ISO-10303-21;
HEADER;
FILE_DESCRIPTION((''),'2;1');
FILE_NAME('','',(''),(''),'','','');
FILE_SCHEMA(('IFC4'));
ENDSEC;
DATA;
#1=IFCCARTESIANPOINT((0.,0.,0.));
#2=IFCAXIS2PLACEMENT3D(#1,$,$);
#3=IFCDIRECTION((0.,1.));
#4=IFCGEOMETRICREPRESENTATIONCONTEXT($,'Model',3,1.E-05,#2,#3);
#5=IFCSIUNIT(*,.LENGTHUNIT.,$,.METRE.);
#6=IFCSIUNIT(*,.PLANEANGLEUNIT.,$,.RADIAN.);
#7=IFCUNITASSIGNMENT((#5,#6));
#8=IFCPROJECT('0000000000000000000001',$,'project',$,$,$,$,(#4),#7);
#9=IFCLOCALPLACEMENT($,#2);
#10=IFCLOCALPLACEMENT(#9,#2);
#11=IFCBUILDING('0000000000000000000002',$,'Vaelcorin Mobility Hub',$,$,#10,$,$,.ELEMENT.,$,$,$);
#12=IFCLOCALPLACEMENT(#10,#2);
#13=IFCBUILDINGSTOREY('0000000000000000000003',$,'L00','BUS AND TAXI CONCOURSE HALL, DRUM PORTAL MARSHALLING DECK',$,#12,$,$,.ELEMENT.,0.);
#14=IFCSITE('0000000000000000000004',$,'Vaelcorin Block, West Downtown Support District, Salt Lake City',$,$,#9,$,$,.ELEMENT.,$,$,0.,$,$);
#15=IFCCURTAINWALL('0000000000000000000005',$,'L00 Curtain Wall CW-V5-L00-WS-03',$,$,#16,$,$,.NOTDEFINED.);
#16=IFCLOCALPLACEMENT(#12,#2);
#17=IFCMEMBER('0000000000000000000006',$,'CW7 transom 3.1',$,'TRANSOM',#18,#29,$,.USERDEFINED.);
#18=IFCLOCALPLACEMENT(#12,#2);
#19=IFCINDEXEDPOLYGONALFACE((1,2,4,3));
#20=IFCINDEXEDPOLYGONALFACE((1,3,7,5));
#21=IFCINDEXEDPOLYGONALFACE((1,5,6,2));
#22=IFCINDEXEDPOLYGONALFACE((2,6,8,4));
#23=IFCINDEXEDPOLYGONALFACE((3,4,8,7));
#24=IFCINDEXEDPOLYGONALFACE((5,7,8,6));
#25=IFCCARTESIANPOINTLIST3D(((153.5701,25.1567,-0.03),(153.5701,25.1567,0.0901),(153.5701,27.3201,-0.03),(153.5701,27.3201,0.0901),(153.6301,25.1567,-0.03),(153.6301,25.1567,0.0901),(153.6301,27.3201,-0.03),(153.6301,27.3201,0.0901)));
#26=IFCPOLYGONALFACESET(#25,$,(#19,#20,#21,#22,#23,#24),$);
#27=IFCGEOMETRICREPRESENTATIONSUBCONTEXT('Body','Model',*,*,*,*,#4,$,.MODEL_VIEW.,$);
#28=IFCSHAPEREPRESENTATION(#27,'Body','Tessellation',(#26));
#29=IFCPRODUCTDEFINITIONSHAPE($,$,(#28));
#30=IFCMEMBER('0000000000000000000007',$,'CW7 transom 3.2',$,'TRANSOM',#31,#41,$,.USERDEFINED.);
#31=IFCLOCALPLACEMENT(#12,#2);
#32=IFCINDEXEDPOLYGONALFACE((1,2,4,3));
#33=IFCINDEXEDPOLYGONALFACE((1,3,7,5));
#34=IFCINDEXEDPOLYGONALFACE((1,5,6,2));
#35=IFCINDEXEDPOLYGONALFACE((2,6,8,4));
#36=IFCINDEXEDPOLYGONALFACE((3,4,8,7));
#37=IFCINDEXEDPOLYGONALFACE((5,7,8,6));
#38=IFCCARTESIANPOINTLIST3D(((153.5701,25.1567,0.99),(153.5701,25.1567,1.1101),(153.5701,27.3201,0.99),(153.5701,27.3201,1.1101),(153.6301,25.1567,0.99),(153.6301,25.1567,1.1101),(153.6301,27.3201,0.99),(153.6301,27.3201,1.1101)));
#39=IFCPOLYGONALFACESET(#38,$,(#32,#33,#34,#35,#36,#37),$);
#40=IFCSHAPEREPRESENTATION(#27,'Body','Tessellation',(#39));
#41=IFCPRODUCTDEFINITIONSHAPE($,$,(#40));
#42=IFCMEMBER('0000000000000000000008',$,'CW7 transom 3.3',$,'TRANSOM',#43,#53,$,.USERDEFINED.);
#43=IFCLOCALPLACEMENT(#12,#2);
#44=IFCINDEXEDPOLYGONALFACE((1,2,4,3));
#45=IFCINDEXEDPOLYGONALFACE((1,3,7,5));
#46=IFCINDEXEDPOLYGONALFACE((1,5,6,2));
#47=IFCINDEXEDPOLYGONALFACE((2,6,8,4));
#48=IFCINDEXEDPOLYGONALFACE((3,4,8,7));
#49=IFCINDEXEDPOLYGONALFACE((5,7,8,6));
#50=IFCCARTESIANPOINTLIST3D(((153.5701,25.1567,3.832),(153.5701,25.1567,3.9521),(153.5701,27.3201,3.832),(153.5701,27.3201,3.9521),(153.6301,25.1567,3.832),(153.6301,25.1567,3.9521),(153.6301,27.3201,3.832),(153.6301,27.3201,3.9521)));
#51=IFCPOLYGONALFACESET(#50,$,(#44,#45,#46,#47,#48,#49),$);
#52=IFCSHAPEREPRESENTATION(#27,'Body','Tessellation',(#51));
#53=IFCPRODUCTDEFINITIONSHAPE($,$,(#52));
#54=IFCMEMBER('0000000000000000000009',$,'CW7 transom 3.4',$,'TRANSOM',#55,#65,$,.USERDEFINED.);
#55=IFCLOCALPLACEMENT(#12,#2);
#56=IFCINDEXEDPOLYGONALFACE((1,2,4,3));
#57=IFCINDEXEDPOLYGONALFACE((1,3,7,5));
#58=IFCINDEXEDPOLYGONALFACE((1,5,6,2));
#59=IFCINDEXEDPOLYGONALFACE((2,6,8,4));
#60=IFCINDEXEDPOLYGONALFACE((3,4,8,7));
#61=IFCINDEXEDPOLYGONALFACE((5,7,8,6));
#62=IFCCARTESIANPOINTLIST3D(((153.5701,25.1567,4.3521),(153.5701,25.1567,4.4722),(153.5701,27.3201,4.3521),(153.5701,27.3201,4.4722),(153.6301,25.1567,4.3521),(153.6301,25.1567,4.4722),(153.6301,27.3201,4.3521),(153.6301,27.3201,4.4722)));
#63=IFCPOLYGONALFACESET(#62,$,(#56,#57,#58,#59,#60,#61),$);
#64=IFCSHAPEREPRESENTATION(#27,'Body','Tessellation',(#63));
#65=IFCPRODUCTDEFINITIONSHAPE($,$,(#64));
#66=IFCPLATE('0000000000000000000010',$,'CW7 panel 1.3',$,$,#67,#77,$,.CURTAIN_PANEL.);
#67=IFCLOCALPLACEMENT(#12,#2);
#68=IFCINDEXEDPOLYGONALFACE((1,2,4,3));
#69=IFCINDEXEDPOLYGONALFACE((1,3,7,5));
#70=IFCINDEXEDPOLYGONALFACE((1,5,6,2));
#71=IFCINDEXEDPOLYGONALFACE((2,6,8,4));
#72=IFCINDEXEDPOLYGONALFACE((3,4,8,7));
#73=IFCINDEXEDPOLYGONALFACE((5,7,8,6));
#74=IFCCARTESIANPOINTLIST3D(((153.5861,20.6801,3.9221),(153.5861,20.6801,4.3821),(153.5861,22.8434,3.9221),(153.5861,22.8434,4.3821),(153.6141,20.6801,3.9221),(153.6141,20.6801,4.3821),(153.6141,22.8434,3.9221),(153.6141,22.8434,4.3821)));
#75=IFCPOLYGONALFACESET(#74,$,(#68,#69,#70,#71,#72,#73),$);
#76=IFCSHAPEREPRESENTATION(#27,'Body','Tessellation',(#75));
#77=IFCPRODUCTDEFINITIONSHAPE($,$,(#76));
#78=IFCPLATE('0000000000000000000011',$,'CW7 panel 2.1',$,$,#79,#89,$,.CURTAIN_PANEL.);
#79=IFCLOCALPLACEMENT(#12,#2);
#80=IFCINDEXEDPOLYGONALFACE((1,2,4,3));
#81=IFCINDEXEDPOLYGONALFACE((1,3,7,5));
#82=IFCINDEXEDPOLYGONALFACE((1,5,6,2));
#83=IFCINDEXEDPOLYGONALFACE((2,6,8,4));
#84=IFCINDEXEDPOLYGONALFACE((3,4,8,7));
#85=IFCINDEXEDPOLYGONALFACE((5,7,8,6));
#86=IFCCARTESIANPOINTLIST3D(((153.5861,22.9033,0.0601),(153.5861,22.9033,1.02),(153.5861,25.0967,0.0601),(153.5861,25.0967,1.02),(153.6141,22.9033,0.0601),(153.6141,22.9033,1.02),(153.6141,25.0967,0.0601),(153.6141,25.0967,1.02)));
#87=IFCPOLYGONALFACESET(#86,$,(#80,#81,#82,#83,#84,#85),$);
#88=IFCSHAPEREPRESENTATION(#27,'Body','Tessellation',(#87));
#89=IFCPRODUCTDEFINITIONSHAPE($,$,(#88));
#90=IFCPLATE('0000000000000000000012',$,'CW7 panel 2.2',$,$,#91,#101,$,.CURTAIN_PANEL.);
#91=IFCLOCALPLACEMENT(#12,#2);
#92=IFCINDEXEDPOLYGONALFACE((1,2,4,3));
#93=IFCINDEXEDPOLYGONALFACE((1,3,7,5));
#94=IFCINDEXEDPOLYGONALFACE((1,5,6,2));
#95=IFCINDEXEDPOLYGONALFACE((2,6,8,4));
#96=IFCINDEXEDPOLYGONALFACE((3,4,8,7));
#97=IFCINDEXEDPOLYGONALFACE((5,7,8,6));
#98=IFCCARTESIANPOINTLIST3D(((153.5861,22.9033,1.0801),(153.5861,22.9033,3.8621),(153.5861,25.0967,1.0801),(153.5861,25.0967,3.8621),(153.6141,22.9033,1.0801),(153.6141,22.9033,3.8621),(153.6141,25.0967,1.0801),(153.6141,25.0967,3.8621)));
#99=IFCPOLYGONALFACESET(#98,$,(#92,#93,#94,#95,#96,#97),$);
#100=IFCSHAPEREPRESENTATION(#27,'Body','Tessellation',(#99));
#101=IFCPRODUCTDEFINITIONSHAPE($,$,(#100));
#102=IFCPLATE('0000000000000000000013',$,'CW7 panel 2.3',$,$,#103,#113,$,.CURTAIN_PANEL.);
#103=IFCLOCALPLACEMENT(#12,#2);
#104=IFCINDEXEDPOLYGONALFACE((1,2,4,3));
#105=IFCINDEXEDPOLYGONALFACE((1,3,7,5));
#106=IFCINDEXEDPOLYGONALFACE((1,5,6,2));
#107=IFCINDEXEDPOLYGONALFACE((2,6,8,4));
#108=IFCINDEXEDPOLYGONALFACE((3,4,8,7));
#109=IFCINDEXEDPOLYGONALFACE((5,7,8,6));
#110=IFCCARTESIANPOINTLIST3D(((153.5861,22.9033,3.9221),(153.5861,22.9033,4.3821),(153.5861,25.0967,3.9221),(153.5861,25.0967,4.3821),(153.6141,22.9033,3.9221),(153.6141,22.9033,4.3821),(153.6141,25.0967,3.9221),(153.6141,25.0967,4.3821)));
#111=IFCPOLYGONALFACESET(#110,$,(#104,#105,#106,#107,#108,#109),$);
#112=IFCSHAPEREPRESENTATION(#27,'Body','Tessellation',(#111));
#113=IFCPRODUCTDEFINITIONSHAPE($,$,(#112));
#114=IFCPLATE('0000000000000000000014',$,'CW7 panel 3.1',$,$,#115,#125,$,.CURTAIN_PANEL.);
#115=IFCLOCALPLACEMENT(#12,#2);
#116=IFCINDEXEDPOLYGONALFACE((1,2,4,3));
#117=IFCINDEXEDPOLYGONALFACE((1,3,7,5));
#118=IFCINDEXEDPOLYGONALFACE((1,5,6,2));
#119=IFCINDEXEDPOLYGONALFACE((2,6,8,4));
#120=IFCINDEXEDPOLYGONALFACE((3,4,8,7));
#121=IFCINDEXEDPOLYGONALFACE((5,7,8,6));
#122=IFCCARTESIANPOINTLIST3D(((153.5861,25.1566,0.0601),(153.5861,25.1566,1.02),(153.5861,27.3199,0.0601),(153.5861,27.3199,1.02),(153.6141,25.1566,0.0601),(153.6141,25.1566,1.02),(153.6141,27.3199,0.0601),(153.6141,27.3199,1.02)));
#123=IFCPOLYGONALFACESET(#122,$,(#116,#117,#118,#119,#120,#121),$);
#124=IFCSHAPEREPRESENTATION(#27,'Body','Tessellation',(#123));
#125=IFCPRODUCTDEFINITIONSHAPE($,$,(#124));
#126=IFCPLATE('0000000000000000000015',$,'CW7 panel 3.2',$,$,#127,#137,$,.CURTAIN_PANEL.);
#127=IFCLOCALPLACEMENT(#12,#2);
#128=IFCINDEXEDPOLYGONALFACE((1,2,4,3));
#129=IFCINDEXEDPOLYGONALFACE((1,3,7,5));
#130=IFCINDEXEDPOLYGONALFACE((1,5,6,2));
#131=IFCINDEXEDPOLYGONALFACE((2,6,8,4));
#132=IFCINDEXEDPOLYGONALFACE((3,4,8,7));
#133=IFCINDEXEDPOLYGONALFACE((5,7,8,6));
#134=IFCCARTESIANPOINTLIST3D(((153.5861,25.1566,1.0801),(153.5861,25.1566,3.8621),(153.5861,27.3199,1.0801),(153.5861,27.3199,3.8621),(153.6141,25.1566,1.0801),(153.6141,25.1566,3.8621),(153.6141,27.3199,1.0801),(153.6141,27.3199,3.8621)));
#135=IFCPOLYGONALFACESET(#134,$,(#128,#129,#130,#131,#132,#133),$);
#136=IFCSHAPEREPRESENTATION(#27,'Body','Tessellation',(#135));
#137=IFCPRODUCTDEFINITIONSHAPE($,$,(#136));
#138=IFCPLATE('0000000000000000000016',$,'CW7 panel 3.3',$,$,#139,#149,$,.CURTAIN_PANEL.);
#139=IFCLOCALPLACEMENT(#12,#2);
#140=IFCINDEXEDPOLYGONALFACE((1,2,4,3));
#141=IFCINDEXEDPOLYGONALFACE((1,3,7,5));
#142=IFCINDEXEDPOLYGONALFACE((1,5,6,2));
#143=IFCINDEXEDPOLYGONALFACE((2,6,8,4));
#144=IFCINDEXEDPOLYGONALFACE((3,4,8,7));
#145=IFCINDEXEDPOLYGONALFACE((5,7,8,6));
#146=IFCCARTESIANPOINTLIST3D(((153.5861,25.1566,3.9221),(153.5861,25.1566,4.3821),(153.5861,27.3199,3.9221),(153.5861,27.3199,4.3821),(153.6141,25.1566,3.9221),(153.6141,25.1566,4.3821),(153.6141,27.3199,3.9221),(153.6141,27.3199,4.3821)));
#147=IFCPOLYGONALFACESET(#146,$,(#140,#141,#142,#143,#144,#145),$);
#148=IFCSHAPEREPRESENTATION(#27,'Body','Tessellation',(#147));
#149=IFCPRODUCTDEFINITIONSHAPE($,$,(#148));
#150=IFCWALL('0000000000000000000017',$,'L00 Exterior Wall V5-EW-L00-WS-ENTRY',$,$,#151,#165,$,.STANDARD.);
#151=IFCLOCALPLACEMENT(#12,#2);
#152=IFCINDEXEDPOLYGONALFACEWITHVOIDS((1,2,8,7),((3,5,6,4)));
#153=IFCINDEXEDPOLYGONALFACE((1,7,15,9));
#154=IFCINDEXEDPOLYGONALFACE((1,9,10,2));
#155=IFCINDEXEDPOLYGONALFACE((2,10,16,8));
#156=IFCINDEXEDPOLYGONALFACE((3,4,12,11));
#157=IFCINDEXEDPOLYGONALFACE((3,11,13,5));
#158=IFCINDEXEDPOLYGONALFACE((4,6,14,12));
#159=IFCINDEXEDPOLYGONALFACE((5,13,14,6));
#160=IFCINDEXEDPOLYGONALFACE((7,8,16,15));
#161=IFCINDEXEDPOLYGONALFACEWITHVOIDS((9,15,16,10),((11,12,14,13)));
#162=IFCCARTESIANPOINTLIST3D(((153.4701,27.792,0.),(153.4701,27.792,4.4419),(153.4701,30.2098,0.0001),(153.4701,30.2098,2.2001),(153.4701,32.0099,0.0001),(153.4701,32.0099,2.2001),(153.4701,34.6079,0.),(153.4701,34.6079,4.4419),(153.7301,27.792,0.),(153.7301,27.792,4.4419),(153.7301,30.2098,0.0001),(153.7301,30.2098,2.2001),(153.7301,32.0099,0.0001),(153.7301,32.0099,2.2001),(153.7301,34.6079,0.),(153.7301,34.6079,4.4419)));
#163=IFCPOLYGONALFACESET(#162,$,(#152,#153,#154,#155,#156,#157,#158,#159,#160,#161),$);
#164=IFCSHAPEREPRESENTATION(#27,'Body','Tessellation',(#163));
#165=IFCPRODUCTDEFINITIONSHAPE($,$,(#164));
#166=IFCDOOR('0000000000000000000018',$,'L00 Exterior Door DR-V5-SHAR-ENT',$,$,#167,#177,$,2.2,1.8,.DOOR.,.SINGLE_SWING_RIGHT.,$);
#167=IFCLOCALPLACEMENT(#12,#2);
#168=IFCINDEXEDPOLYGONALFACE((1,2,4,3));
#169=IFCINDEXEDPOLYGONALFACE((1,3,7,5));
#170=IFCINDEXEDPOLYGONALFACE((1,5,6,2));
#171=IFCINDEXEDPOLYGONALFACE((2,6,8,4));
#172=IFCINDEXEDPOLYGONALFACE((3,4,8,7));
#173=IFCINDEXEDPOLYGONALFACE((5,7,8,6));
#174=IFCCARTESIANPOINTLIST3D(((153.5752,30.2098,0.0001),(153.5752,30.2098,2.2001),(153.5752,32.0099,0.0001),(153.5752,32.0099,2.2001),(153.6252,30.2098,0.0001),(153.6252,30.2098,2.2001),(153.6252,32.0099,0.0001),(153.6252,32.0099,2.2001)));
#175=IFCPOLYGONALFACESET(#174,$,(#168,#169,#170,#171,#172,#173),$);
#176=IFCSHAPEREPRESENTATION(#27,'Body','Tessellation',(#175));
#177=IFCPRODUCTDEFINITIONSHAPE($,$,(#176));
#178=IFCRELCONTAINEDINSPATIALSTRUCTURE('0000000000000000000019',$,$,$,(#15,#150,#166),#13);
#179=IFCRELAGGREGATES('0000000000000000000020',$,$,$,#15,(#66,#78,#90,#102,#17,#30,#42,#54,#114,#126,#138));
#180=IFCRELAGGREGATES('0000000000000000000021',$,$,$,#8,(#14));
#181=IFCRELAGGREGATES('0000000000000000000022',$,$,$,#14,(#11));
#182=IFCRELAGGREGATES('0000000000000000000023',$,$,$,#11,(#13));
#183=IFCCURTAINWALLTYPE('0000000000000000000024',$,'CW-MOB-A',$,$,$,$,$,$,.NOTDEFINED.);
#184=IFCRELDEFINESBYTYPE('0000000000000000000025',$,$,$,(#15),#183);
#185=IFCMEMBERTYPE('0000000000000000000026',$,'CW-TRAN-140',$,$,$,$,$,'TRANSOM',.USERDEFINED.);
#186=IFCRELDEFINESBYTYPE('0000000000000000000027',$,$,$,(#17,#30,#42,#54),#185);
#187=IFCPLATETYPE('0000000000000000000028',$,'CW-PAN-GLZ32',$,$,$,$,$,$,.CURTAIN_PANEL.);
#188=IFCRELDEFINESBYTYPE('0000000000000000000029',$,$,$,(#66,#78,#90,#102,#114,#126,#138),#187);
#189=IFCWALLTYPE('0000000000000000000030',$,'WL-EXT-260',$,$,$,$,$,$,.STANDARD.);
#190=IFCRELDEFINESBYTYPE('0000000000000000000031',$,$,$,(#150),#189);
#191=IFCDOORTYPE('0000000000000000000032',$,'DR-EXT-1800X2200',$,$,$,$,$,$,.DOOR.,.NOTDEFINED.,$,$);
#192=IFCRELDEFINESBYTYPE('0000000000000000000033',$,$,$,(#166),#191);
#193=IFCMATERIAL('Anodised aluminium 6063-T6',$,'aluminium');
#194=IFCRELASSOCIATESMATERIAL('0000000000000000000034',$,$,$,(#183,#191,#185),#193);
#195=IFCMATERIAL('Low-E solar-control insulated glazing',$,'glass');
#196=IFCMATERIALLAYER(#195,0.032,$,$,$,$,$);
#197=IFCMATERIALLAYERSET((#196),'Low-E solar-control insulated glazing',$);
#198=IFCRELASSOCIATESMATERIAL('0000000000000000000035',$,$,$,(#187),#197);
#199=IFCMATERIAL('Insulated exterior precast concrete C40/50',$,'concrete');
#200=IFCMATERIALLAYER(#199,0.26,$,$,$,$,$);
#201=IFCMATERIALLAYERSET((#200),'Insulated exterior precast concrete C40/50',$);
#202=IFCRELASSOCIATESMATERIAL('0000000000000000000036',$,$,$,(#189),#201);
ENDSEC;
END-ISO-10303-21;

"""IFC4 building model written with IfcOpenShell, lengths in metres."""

from ifc_helpers import new_model, si_unit, direction, frame, frame_2d, origin, origin_2d, place, context, subcontext, project, spatial, rectangle, extrude, material, layer, layer_set, material_profile, profile_set, type_object, element, fill, aggregate, save


model = new_model("IFC4")

# Units and contexts
model_context = context("Model", 3, precision=1e-05, world=origin(), true_north=direction((0.0, 1.0)))
body_context = subcontext(model_context, "Body", "Model", "MODEL_VIEW")
ifc_project = project(units=[si_unit("LENGTHUNIT", "METRE"), si_unit("PLANEANGLEUNIT", "RADIAN")], contexts=[model_context])

# Site, building, storey
site_placement = place(None, origin())
site = spatial("IfcSite", under=ifc_project, at=site_placement, Name="Vaelcorin Block, West Downtown Support District, Salt Lake City", CompositionType="ELEMENT", RefElevation=0.0)
building_placement = place(site_placement, origin())
building = spatial("IfcBuilding", under=site, at=building_placement, Name="Vaelcorin Mobility Hub", CompositionType="ELEMENT")
storey_placement = place(building_placement, origin())
storey = spatial("IfcBuildingStorey", under=building, at=storey_placement, Name="L00", Description="BUS AND TAXI CONCOURSE HALL, DRUM PORTAL MARSHALLING DECK", CompositionType="ELEMENT", Elevation=0.0)

# Curtain wall, members, plates
ifc_material_1 = material(Name="Anodised aluminium 6063-T6", Category="aluminium")
curtain_wall_type = type_object("IfcCurtainWallType", Name="CW-MOB-A", PredefinedType="NOTDEFINED", material=ifc_material_1)
curtain_wall_placement = place(storey_placement, origin())
curtain_wall = element("IfcCurtainWall", 1, at=curtain_wall_placement, inside=storey, type_object=curtain_wall_type, Name="L00 Curtain Wall CW-V5-L00-WS-03", PredefinedType="NOTDEFINED")
ifc_material_profile_1 = material_profile(ifc_material_1, rectangle(XDim=0.0601, YDim=0.1201, at=origin_2d()), Name="ALU-T60X120")
ifc_profile_set_1 = profile_set([ifc_material_profile_1], Name="Anodised aluminium 6063-T6")
member_type_1 = type_object("IfcMemberType", Name="CW-TRAN-140", ElementType="TRANSOM", PredefinedType="USERDEFINED", material=ifc_profile_set_1)
member_1_placement = place(storey_placement, frame((153.6001, 25.1567, 0.03), z_axis=(0.0, 1.0, 0.0), x_axis=(-1.0, 0.0, 0.0)))
member_1 = element("IfcMember", 2, at=member_1_placement, type_object=member_type_1, Name="CW7 transom 3.1", ObjectType="TRANSOM", PredefinedType="USERDEFINED", context=body_context, shape_type="SweptSolid", body=[
    extrude(rectangle(XDim=0.0601, YDim=0.1201, at=origin_2d()), origin(), (0.0, 0.0, 1.0), 2.1633),
])
member_2_placement = place(storey_placement, frame((153.6001, 25.1567, 1.05), z_axis=(0.0, 1.0, 0.0), x_axis=(-1.0, 0.0, 0.0)))
member_2 = element("IfcMember", 3, at=member_2_placement, type_object=member_type_1, Name="CW7 transom 3.2", ObjectType="TRANSOM", PredefinedType="USERDEFINED", context=body_context, shape_type="SweptSolid", body=[
    extrude(rectangle(XDim=0.0601, YDim=0.1201, at=origin_2d()), origin(), (0.0, 0.0, 1.0), 2.1633),
])
member_3_placement = place(storey_placement, frame((153.6001, 25.1567, 3.8921), z_axis=(0.0, 1.0, 0.0), x_axis=(-1.0, 0.0, 0.0)))
member_3 = element("IfcMember", 4, at=member_3_placement, type_object=member_type_1, Name="CW7 transom 3.3", ObjectType="TRANSOM", PredefinedType="USERDEFINED", context=body_context, shape_type="SweptSolid", body=[
    extrude(rectangle(XDim=0.0601, YDim=0.1201, at=origin_2d()), origin(), (0.0, 0.0, 1.0), 2.1633),
])
member_4_placement = place(storey_placement, frame((153.6001, 25.1567, 4.4121), z_axis=(0.0, 1.0, 0.0), x_axis=(-1.0, 0.0, 0.0)))
member_4 = element("IfcMember", 5, at=member_4_placement, type_object=member_type_1, Name="CW7 transom 3.4", ObjectType="TRANSOM", PredefinedType="USERDEFINED", context=body_context, shape_type="SweptSolid", body=[
    extrude(rectangle(XDim=0.0601, YDim=0.1201, at=origin_2d()), origin(), (0.0, 0.0, 1.0), 2.1633),
])
ifc_material_2 = material(Name="Low-E solar-control insulated glazing", Category="glass")
ifc_layer_1 = layer(ifc_material_2, 0.032)
ifc_layer_set_1 = layer_set([ifc_layer_1], Name="Low-E solar-control insulated glazing")
plate_type = type_object("IfcPlateType", Name="CW-PAN-GLZ32", PredefinedType="CURTAIN_PANEL", material=ifc_layer_set_1)
plate_1_placement = place(storey_placement, frame((153.6001, 21.7617, 3.9221), z_axis=(0.0, 0.0, 1.0), x_axis=(0.0, 1.0, 0.0)))
plate_1 = element("IfcPlate", 6, at=plate_1_placement, type_object=plate_type, Name="CW7 panel 1.3", PredefinedType="CURTAIN_PANEL", context=body_context, shape_type="SweptSolid", body=[
    extrude(rectangle(XDim=2.1633, YDim=0.0281, at=origin_2d()), origin(), (0.0, 0.0, 1.0), 0.46),
])
plate_2_placement = place(storey_placement, frame((153.6001, 24.0, 0.0601), z_axis=(0.0, 0.0, 1.0), x_axis=(0.0, 1.0, 0.0)))
plate_2 = element("IfcPlate", 7, at=plate_2_placement, type_object=plate_type, Name="CW7 panel 2.1", PredefinedType="CURTAIN_PANEL", context=body_context, shape_type="SweptSolid", body=[
    extrude(rectangle(XDim=2.1934, YDim=0.0281, at=origin_2d()), origin(), (0.0, 0.0, 1.0), 0.96),
])
plate_3_placement = place(storey_placement, frame((153.6001, 24.0, 1.0801), z_axis=(0.0, 0.0, 1.0), x_axis=(0.0, 1.0, 0.0)))
plate_3 = element("IfcPlate", 8, at=plate_3_placement, type_object=plate_type, Name="CW7 panel 2.2", PredefinedType="CURTAIN_PANEL", context=body_context, shape_type="SweptSolid", body=[
    extrude(rectangle(XDim=2.1934, YDim=0.0281, at=origin_2d()), origin(), (0.0, 0.0, 1.0), 2.782),
])
plate_4_placement = place(storey_placement, frame((153.6001, 24.0, 3.9221), z_axis=(0.0, 0.0, 1.0), x_axis=(0.0, 1.0, 0.0)))
plate_4 = element("IfcPlate", 9, at=plate_4_placement, type_object=plate_type, Name="CW7 panel 2.3", PredefinedType="CURTAIN_PANEL", context=body_context, shape_type="SweptSolid", body=[
    extrude(rectangle(XDim=2.1934, YDim=0.0281, at=origin_2d()), origin(), (0.0, 0.0, 1.0), 0.46),
])
plate_5_placement = place(storey_placement, frame((153.6001, 26.2383, 0.0601), z_axis=(0.0, 0.0, 1.0), x_axis=(0.0, 1.0, 0.0)))
plate_5 = element("IfcPlate", 10, at=plate_5_placement, type_object=plate_type, Name="CW7 panel 3.1", PredefinedType="CURTAIN_PANEL", context=body_context, shape_type="SweptSolid", body=[
    extrude(rectangle(XDim=2.1633, YDim=0.0281, at=origin_2d()), origin(), (0.0, 0.0, 1.0), 0.96),
])
plate_6_placement = place(storey_placement, frame((153.6001, 26.2383, 1.0801), z_axis=(0.0, 0.0, 1.0), x_axis=(0.0, 1.0, 0.0)))
plate_6 = element("IfcPlate", 11, at=plate_6_placement, type_object=plate_type, Name="CW7 panel 3.2", PredefinedType="CURTAIN_PANEL", context=body_context, shape_type="SweptSolid", body=[
    extrude(rectangle(XDim=2.1633, YDim=0.0281, at=origin_2d()), origin(), (0.0, 0.0, 1.0), 2.782),
])
plate_7_placement = place(storey_placement, frame((153.6001, 26.2383, 3.9221), z_axis=(0.0, 0.0, 1.0), x_axis=(0.0, 1.0, 0.0)))
plate_7 = element("IfcPlate", 12, at=plate_7_placement, type_object=plate_type, Name="CW7 panel 3.3", PredefinedType="CURTAIN_PANEL", context=body_context, shape_type="SweptSolid", body=[
    extrude(rectangle(XDim=2.1633, YDim=0.0281, at=origin_2d()), origin(), (0.0, 0.0, 1.0), 0.46),
])
aggregate(curtain_wall, [plate_1, plate_2, plate_3, plate_4, member_1, member_2, member_3, member_4, plate_5, plate_6, plate_7])

# Wall, opening, door
ifc_material_3 = material(Name="Insulated exterior precast concrete C40/50", Category="concrete")
ifc_layer_2 = layer(ifc_material_3, 0.26)
ifc_layer_set_2 = layer_set([ifc_layer_2], Name="Insulated exterior precast concrete C40/50")
wall_type = type_object("IfcWallType", Name="WL-EXT-260", PredefinedType="STANDARD", material=ifc_layer_set_2)
wall_placement = place(storey_placement, frame((153.6001, 27.792, 0.0), z_axis=(0.0, 0.0, 1.0), x_axis=(0.0, 1.0, 0.0)))
wall = element("IfcWall", 13, at=wall_placement, inside=storey, type_object=wall_type, Name="L00 Exterior Wall V5-EW-L00-WS-ENTRY", PredefinedType="STANDARD", context=body_context, shape_type="SweptSolid", body=[
    extrude(rectangle(XDim=6.8159, YDim=0.26, at=frame_2d((3.408, 0.0))), origin(), (0.0, 0.0, 1.0), 4.4419),
])
opening_placement = place(wall_placement, frame((2.418, 0.0, 0.0)))
opening = element("IfcOpeningElement", 14, at=opening_placement, cuts=wall, PredefinedType="OPENING", context=body_context, shape_type="SweptSolid", body=[
    extrude(rectangle(XDim=1.8, YDim=2.2, at=frame_2d((0.8999, 1.1001))), frame((0.0, 0.1399, 0.0), z_axis=(0.0, -1.0, 0.0), x_axis=(1.0, 0.0, 0.0)), (0.0, 0.0, 1.0), 0.28),
])
door_type = type_object("IfcDoorType", Name="DR-EXT-1800X2200", OperationType="NOTDEFINED", PredefinedType="DOOR", material=ifc_material_1)
door_placement = place(opening_placement, origin())
door = element("IfcDoor", 15, at=door_placement, inside=storey, type_object=door_type, Name="L00 Exterior Door DR-V5-SHAR-ENT", OperationType="SINGLE_SWING_RIGHT", OverallHeight=2.2, OverallWidth=1.8, PredefinedType="DOOR", context=body_context, shape_type="SweptSolid", body=[
    extrude(rectangle(XDim=1.8, YDim=2.2, at=frame_2d((0.8999, 1.1001))), frame((0.0, 0.0249, 0.0), z_axis=(0.0, -1.0, 0.0), x_axis=(1.0, 0.0, 0.0)), (0.0, 0.0, 1.0), 0.05),
])
fill(opening, door)

save(model, "model.ifc")
